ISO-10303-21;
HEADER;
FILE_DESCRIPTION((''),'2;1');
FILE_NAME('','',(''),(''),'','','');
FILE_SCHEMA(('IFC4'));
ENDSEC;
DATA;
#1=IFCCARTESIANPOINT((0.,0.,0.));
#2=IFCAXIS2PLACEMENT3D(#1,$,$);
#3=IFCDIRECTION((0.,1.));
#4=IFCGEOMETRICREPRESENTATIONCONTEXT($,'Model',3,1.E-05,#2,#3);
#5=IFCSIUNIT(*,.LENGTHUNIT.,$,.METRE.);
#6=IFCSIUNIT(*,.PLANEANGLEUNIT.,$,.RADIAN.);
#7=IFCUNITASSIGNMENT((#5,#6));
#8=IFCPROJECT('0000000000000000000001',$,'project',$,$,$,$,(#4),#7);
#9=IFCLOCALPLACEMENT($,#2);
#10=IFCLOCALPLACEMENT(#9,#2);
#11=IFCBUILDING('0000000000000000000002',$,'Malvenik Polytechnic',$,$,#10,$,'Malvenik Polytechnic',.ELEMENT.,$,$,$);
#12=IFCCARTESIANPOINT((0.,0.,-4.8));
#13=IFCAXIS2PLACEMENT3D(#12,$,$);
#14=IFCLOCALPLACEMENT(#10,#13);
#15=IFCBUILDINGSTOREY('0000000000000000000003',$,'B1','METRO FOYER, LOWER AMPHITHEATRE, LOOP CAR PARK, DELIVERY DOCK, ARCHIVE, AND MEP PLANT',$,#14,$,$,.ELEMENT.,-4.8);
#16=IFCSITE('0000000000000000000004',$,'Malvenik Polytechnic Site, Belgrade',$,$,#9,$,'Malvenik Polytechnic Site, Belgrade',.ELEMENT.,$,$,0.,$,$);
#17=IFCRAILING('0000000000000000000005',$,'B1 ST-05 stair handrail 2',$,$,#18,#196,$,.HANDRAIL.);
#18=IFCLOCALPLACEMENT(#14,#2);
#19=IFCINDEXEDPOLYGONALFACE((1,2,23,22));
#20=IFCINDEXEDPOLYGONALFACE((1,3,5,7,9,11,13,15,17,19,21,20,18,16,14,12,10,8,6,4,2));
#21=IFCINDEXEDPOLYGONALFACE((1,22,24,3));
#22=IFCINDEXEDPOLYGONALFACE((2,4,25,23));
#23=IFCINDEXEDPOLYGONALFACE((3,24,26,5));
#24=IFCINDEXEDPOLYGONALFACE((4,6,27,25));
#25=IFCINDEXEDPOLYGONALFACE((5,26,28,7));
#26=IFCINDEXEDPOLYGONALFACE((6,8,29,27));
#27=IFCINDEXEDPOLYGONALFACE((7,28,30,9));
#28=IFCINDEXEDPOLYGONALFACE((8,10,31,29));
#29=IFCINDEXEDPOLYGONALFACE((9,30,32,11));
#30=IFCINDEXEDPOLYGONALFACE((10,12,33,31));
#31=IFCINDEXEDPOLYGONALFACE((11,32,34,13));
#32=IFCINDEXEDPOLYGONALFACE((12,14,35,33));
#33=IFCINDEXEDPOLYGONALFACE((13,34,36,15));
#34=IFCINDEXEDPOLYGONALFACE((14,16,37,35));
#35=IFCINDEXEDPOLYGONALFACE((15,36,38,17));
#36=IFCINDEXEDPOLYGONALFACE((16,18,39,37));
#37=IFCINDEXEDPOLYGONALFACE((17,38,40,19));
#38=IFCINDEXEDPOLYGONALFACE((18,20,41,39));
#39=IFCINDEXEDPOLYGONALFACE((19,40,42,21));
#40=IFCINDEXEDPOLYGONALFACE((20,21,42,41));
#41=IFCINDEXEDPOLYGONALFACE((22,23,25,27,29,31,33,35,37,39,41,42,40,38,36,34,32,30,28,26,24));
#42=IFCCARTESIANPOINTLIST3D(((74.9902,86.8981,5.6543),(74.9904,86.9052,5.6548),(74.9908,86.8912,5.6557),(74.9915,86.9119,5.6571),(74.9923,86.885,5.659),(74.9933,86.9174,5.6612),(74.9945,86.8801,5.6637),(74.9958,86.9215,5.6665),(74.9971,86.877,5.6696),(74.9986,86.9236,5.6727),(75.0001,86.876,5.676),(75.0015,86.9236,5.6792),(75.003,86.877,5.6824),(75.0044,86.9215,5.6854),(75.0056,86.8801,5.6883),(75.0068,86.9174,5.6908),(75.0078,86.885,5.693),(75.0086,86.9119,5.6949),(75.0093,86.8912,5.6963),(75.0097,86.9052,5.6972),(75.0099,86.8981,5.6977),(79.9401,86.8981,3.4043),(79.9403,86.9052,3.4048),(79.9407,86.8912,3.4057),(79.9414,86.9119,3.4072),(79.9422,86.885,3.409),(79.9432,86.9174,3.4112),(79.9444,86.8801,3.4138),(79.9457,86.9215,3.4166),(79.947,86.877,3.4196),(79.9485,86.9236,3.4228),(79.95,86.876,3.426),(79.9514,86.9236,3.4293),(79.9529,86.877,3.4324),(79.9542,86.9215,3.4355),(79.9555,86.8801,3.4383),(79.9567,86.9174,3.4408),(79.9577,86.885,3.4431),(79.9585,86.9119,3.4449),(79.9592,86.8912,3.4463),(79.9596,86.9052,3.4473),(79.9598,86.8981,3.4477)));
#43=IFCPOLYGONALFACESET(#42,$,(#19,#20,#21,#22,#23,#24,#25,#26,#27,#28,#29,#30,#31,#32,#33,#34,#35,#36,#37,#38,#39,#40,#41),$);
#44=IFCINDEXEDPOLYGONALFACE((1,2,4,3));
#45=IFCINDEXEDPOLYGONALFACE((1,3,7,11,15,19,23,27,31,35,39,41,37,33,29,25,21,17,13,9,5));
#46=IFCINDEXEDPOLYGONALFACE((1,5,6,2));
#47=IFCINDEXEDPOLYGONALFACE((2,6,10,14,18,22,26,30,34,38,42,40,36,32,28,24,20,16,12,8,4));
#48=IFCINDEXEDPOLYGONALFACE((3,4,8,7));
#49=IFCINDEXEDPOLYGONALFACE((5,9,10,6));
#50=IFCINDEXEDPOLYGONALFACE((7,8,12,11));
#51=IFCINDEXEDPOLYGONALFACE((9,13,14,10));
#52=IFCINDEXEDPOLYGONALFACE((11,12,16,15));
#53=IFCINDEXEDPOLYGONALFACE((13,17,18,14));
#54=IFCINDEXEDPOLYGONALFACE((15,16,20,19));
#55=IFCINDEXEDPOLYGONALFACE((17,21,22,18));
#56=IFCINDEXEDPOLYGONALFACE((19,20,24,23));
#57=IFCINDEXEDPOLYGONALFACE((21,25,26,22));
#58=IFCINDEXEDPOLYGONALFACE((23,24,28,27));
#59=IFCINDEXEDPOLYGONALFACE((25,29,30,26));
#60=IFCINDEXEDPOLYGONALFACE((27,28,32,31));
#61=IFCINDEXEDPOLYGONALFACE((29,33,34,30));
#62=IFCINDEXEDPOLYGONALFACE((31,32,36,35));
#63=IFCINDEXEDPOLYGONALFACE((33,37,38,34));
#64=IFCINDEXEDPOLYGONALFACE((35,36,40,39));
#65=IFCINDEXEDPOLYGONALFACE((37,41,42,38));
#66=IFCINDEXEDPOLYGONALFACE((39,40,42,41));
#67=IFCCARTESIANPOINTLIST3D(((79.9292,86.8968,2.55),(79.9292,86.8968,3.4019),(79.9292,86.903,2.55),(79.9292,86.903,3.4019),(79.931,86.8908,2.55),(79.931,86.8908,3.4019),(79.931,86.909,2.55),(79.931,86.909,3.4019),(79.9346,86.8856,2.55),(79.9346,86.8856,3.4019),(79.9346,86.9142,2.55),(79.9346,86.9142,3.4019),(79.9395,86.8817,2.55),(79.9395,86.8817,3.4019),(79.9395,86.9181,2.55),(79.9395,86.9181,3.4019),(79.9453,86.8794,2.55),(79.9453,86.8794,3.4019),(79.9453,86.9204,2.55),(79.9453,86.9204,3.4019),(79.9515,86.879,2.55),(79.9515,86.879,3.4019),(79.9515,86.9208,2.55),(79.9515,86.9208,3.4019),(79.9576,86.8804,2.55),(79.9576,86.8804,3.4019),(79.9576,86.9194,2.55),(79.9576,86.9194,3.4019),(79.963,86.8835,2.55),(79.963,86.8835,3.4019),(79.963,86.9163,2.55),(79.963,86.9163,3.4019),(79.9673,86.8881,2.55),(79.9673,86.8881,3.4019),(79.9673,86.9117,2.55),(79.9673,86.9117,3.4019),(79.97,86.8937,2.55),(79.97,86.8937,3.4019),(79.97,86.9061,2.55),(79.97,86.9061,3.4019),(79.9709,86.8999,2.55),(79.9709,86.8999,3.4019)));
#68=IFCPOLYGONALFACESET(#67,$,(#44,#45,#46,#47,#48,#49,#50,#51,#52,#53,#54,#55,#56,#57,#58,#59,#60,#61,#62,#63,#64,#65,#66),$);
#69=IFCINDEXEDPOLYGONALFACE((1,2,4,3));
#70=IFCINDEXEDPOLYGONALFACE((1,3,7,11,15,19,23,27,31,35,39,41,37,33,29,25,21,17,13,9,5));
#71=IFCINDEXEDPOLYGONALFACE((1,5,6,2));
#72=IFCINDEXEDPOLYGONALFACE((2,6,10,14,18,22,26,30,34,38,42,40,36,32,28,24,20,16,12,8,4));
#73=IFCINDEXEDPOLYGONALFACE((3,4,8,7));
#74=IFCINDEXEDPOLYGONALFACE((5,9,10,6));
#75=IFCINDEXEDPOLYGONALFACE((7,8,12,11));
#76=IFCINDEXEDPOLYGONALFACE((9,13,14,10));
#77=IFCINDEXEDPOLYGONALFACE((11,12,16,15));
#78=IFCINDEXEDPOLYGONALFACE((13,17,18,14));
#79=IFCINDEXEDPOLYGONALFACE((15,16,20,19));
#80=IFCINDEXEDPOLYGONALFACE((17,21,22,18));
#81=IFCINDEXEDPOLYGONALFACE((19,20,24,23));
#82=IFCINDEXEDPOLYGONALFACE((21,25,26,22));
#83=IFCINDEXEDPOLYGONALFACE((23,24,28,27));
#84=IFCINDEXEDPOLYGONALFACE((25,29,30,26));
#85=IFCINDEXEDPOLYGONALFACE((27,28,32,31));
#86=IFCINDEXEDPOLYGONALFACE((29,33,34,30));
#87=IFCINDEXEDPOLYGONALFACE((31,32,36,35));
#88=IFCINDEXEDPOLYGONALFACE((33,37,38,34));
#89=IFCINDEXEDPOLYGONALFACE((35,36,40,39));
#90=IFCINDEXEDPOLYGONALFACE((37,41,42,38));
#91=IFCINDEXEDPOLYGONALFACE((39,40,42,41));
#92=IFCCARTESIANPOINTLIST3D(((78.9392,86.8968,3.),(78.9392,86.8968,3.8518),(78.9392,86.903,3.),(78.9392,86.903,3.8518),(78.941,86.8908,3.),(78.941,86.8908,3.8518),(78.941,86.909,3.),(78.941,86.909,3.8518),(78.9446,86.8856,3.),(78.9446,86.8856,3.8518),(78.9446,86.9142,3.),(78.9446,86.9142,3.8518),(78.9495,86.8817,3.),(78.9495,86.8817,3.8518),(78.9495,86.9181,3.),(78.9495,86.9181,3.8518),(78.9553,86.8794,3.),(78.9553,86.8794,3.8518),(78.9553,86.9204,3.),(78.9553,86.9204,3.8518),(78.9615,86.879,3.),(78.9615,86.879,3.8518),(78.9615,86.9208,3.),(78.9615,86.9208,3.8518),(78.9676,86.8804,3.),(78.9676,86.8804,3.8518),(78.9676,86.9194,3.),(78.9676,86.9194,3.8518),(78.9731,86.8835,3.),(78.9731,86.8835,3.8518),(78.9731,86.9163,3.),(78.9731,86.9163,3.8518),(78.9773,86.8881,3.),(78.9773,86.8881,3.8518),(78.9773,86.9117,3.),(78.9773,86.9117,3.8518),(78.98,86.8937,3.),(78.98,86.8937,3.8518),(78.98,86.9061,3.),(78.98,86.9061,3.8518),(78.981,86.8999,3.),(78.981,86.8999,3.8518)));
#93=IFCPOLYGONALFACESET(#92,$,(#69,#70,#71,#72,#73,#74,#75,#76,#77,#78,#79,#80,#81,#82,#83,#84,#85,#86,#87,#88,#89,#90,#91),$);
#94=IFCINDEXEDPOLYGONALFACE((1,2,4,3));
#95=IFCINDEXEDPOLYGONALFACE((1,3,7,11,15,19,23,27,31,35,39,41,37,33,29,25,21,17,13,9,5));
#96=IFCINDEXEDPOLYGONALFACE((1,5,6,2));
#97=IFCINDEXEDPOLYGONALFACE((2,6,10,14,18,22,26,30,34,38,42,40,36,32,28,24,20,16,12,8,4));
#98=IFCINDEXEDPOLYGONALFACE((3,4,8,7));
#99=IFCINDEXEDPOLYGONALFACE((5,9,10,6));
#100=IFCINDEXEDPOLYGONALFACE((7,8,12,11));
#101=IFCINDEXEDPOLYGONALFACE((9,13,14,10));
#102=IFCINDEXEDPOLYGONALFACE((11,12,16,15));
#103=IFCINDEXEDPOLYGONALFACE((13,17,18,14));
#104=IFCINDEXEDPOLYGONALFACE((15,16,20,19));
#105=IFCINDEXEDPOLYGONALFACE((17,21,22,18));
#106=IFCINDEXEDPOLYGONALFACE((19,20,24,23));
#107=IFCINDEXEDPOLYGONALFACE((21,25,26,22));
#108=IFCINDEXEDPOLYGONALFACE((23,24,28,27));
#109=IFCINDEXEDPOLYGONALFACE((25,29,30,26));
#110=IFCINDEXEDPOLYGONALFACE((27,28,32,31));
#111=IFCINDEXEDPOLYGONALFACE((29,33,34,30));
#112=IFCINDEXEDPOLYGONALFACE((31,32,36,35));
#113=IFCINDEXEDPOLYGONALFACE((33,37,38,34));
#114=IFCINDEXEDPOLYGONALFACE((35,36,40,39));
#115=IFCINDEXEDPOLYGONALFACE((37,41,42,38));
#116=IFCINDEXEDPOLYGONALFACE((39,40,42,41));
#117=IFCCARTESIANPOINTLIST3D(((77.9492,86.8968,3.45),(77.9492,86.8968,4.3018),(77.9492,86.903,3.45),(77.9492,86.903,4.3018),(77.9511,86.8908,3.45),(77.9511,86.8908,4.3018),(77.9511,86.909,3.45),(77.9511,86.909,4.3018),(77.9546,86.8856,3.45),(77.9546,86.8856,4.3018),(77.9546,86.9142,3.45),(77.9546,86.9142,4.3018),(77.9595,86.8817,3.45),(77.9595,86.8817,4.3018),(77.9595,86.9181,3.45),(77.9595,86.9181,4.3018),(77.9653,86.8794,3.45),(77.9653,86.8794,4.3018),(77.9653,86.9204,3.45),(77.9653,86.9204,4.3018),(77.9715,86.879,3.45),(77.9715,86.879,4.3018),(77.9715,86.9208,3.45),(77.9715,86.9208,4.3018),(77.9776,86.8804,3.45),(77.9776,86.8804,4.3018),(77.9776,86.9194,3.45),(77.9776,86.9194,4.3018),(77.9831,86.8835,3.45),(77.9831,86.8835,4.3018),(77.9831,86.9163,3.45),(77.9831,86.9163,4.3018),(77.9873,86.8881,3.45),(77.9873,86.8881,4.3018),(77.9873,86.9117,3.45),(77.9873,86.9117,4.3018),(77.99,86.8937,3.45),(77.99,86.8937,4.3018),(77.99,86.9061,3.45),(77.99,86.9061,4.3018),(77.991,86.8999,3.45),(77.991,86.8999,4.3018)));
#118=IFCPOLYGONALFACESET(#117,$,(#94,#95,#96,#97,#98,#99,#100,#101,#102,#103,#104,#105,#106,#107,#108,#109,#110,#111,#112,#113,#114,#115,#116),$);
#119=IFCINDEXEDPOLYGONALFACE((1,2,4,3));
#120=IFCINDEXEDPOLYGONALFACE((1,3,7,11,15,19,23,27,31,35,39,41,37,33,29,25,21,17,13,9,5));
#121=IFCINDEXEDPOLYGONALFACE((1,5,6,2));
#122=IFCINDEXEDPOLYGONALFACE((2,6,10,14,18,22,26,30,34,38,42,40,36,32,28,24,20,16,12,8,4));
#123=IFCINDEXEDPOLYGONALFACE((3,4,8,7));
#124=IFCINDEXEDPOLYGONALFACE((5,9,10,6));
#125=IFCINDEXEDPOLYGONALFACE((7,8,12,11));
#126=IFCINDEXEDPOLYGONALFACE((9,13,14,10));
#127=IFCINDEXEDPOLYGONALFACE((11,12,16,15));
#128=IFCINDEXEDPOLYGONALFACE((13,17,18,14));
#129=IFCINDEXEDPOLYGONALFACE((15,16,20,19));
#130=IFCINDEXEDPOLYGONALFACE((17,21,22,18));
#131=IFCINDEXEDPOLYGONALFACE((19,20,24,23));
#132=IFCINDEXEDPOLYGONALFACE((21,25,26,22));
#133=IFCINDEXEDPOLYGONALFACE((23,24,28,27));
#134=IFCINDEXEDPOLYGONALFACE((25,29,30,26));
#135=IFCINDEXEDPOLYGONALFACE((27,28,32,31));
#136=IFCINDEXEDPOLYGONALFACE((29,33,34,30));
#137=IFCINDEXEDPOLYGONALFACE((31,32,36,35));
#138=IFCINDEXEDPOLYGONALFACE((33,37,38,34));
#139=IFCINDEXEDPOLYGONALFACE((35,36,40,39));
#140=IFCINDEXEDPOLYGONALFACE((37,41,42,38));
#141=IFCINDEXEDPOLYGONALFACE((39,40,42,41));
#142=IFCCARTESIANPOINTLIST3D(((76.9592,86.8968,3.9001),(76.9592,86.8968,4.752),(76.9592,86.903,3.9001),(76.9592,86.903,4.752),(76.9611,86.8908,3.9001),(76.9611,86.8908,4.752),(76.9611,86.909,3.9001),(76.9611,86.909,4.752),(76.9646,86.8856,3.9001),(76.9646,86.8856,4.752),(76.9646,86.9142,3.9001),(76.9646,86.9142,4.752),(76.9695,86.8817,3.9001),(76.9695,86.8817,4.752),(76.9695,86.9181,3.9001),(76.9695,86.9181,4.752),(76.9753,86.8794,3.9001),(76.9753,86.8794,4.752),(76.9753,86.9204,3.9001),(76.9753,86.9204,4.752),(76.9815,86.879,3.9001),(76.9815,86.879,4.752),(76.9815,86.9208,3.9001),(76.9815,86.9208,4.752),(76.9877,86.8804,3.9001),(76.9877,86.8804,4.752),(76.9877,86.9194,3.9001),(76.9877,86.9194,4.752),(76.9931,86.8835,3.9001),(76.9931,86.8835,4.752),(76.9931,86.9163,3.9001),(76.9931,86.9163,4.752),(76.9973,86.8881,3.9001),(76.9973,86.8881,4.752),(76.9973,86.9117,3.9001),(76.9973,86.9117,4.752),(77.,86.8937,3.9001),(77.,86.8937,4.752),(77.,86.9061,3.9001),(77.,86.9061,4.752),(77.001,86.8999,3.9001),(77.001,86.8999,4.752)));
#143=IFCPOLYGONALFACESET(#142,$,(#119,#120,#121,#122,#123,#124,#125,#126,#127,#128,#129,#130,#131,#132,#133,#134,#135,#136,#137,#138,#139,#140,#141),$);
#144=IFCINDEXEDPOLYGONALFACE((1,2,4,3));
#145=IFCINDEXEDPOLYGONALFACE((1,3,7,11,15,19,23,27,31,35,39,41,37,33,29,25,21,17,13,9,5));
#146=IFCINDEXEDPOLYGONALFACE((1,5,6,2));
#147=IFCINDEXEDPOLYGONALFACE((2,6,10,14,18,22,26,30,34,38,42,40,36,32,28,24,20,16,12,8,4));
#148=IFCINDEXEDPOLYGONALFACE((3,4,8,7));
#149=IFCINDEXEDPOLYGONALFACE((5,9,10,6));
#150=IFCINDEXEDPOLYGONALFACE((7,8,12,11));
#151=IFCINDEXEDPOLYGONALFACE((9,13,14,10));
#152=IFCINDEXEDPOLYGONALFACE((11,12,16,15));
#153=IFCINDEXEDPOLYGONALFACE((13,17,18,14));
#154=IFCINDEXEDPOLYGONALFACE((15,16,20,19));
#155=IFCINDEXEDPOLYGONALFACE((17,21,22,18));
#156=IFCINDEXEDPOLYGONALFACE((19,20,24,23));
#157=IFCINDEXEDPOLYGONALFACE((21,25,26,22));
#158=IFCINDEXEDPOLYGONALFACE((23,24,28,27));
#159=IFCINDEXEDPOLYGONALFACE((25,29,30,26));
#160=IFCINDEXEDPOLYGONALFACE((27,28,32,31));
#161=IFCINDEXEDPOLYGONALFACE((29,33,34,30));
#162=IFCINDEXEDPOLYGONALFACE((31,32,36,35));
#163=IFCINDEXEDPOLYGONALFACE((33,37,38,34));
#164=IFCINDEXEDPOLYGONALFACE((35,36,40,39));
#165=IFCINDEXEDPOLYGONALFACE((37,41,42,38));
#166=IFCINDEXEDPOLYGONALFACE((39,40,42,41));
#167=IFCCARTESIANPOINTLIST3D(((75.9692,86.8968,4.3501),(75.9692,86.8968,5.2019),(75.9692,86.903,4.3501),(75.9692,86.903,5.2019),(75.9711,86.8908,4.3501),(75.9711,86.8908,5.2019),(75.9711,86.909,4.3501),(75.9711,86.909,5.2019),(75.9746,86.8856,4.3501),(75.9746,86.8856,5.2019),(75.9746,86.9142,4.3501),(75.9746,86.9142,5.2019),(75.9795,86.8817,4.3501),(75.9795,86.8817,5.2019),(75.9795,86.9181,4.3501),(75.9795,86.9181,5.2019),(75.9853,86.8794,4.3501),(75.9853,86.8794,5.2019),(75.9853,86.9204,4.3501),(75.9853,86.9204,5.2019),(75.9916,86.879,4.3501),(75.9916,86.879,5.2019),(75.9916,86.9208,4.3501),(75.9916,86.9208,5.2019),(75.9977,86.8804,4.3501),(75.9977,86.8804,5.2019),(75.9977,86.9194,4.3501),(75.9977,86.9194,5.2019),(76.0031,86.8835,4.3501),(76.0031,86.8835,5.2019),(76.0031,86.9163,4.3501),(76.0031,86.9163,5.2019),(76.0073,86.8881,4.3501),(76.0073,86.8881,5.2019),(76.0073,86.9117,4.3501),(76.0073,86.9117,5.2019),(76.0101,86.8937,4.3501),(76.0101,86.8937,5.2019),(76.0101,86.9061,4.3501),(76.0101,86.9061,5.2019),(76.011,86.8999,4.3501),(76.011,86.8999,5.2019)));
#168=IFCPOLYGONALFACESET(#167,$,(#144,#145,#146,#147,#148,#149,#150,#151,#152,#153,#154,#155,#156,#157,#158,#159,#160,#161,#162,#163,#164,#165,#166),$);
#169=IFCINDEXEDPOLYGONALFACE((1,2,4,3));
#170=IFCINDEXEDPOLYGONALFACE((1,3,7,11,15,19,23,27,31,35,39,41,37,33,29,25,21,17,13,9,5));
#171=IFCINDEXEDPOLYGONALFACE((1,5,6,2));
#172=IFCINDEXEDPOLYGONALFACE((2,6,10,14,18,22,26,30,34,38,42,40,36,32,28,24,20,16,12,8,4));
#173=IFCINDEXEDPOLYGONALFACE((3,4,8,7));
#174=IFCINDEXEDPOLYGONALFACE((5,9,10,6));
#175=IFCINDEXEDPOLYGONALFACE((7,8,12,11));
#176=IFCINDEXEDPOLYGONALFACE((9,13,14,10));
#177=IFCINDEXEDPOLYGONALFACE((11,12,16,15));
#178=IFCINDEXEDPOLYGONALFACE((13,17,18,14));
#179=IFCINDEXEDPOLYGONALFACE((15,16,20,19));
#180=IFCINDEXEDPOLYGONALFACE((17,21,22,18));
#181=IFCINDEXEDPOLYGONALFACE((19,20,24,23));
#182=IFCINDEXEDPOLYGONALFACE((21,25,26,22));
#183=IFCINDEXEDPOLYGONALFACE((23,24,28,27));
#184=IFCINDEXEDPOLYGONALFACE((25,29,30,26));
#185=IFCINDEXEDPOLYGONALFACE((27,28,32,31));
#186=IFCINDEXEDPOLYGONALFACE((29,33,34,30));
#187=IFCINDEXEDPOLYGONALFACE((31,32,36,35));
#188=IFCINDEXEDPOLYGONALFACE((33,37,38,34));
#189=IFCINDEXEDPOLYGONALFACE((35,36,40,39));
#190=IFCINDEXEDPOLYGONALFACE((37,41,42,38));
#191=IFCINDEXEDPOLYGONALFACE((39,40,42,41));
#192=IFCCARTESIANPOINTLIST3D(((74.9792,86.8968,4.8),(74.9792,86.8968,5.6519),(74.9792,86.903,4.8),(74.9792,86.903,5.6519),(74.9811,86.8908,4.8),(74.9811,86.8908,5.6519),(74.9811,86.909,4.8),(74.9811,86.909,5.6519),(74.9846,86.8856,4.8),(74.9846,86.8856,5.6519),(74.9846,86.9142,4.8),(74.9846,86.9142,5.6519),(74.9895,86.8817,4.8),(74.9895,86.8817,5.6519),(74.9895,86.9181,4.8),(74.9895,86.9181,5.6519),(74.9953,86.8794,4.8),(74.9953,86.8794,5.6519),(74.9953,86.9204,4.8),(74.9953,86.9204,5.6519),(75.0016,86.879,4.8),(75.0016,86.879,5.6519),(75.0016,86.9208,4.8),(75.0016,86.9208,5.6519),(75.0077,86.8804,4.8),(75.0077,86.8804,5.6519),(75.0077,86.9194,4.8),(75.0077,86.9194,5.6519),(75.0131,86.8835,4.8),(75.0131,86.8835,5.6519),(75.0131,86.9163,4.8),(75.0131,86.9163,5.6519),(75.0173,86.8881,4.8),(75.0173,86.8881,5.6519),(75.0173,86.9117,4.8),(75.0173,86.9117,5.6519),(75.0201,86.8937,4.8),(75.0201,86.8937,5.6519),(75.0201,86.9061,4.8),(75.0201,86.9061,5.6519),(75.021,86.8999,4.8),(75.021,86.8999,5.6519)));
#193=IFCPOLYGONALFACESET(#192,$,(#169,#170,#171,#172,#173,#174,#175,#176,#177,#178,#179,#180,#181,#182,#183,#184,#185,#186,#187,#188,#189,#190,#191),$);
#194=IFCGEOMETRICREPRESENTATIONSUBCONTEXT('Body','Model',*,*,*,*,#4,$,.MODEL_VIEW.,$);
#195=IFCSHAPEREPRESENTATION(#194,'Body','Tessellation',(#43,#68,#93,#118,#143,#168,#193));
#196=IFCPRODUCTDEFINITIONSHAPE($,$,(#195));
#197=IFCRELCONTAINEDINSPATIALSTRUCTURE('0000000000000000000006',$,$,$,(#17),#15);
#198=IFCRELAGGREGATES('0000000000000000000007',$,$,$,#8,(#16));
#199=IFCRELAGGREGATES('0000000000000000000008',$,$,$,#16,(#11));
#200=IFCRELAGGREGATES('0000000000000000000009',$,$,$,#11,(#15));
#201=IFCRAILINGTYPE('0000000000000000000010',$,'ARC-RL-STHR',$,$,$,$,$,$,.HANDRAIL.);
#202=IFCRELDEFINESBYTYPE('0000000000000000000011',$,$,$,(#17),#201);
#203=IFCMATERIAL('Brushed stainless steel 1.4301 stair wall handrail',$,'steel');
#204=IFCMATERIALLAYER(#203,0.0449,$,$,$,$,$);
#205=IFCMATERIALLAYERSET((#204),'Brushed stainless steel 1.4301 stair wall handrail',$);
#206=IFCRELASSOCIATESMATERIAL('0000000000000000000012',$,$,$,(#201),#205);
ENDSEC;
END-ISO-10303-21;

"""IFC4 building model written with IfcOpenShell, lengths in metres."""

from ifc_helpers import new_model, si_unit, direction, frame, origin, origin_2d, place, context, subcontext, project, spatial, circle, extrude, material, layer, layer_set, type_object, element, save


model = new_model("IFC4")

# Units and contexts
model_context = context("Model", 3, precision=1e-05, world=origin(), true_north=direction((0.0, 1.0)))
body_context = subcontext(model_context, "Body", "Model", "MODEL_VIEW")
ifc_project = project(units=[si_unit("LENGTHUNIT", "METRE"), si_unit("PLANEANGLEUNIT", "RADIAN")], contexts=[model_context])

# Site, building, storey
site_placement = place(None, origin())
site = spatial("IfcSite", under=ifc_project, at=site_placement, Name="Malvenik Polytechnic Site, Belgrade", LongName="Malvenik Polytechnic Site, Belgrade", CompositionType="ELEMENT", RefElevation=0.0)
building_placement = place(site_placement, origin())
building = spatial("IfcBuilding", under=site, at=building_placement, Name="Malvenik Polytechnic", LongName="Malvenik Polytechnic", CompositionType="ELEMENT")
storey_placement = place(building_placement, frame((0.0, 0.0, -4.8)))
storey = spatial("IfcBuildingStorey", under=building, at=storey_placement, Name="B1", Description="METRO FOYER, LOWER AMPHITHEATRE, LOOP CAR PARK, DELIVERY DOCK, ARCHIVE, AND MEP PLANT", CompositionType="ELEMENT", Elevation=-4.8)

# Railing
ifc_material_1 = material(Name="Brushed stainless steel 1.4301 stair wall handrail", Category="steel")
ifc_layer_1 = layer(ifc_material_1, 0.0449)
ifc_layer_set_1 = layer_set([ifc_layer_1], Name="Brushed stainless steel 1.4301 stair wall handrail")
railing_type_1 = type_object("IfcRailingType", Name="ARC-RL-STHR", PredefinedType="HANDRAIL", material=ifc_layer_set_1)
railing_1_placement = place(storey_placement, frame((79.95, 86.8999, 2.55)))
element("IfcRailing", 1, at=railing_1_placement, inside=storey, type_object=railing_type_1, Name="B1 ST-05 stair handrail 2", PredefinedType="HANDRAIL", context=body_context, shape_type="SweptSolid", body=[
    extrude(circle(Radius=0.0239, at=origin_2d()), frame((0.0, 0.0, 0.876), z_axis=(-0.910365, 0.0, 0.413806), x_axis=(0.0, -1.0, 0.0)), (0.0, 0.0, 1.0), 5.4373),
    extrude(circle(Radius=0.021, at=origin_2d()), origin(), (0.0, 0.0, 1.0), 0.8518),
    extrude(circle(Radius=0.021, at=origin_2d()), frame((-0.99, 0.0, 0.45)), (0.0, 0.0, 1.0), 0.8518),
    extrude(circle(Radius=0.021, at=origin_2d()), frame((-1.98, 0.0, 0.8999)), (0.0, 0.0, 1.0), 0.8518),
    extrude(circle(Radius=0.021, at=origin_2d()), frame((-2.97, 0.0, 1.3501)), (0.0, 0.0, 1.0), 0.8518),
    extrude(circle(Radius=0.021, at=origin_2d()), frame((-3.96, 0.0, 1.8)), (0.0, 0.0, 1.0), 0.8518),
    extrude(circle(Radius=0.021, at=origin_2d()), frame((-4.95, 0.0, 2.25)), (0.0, 0.0, 1.0), 0.8518),
])

save(model, "model.ifc")
